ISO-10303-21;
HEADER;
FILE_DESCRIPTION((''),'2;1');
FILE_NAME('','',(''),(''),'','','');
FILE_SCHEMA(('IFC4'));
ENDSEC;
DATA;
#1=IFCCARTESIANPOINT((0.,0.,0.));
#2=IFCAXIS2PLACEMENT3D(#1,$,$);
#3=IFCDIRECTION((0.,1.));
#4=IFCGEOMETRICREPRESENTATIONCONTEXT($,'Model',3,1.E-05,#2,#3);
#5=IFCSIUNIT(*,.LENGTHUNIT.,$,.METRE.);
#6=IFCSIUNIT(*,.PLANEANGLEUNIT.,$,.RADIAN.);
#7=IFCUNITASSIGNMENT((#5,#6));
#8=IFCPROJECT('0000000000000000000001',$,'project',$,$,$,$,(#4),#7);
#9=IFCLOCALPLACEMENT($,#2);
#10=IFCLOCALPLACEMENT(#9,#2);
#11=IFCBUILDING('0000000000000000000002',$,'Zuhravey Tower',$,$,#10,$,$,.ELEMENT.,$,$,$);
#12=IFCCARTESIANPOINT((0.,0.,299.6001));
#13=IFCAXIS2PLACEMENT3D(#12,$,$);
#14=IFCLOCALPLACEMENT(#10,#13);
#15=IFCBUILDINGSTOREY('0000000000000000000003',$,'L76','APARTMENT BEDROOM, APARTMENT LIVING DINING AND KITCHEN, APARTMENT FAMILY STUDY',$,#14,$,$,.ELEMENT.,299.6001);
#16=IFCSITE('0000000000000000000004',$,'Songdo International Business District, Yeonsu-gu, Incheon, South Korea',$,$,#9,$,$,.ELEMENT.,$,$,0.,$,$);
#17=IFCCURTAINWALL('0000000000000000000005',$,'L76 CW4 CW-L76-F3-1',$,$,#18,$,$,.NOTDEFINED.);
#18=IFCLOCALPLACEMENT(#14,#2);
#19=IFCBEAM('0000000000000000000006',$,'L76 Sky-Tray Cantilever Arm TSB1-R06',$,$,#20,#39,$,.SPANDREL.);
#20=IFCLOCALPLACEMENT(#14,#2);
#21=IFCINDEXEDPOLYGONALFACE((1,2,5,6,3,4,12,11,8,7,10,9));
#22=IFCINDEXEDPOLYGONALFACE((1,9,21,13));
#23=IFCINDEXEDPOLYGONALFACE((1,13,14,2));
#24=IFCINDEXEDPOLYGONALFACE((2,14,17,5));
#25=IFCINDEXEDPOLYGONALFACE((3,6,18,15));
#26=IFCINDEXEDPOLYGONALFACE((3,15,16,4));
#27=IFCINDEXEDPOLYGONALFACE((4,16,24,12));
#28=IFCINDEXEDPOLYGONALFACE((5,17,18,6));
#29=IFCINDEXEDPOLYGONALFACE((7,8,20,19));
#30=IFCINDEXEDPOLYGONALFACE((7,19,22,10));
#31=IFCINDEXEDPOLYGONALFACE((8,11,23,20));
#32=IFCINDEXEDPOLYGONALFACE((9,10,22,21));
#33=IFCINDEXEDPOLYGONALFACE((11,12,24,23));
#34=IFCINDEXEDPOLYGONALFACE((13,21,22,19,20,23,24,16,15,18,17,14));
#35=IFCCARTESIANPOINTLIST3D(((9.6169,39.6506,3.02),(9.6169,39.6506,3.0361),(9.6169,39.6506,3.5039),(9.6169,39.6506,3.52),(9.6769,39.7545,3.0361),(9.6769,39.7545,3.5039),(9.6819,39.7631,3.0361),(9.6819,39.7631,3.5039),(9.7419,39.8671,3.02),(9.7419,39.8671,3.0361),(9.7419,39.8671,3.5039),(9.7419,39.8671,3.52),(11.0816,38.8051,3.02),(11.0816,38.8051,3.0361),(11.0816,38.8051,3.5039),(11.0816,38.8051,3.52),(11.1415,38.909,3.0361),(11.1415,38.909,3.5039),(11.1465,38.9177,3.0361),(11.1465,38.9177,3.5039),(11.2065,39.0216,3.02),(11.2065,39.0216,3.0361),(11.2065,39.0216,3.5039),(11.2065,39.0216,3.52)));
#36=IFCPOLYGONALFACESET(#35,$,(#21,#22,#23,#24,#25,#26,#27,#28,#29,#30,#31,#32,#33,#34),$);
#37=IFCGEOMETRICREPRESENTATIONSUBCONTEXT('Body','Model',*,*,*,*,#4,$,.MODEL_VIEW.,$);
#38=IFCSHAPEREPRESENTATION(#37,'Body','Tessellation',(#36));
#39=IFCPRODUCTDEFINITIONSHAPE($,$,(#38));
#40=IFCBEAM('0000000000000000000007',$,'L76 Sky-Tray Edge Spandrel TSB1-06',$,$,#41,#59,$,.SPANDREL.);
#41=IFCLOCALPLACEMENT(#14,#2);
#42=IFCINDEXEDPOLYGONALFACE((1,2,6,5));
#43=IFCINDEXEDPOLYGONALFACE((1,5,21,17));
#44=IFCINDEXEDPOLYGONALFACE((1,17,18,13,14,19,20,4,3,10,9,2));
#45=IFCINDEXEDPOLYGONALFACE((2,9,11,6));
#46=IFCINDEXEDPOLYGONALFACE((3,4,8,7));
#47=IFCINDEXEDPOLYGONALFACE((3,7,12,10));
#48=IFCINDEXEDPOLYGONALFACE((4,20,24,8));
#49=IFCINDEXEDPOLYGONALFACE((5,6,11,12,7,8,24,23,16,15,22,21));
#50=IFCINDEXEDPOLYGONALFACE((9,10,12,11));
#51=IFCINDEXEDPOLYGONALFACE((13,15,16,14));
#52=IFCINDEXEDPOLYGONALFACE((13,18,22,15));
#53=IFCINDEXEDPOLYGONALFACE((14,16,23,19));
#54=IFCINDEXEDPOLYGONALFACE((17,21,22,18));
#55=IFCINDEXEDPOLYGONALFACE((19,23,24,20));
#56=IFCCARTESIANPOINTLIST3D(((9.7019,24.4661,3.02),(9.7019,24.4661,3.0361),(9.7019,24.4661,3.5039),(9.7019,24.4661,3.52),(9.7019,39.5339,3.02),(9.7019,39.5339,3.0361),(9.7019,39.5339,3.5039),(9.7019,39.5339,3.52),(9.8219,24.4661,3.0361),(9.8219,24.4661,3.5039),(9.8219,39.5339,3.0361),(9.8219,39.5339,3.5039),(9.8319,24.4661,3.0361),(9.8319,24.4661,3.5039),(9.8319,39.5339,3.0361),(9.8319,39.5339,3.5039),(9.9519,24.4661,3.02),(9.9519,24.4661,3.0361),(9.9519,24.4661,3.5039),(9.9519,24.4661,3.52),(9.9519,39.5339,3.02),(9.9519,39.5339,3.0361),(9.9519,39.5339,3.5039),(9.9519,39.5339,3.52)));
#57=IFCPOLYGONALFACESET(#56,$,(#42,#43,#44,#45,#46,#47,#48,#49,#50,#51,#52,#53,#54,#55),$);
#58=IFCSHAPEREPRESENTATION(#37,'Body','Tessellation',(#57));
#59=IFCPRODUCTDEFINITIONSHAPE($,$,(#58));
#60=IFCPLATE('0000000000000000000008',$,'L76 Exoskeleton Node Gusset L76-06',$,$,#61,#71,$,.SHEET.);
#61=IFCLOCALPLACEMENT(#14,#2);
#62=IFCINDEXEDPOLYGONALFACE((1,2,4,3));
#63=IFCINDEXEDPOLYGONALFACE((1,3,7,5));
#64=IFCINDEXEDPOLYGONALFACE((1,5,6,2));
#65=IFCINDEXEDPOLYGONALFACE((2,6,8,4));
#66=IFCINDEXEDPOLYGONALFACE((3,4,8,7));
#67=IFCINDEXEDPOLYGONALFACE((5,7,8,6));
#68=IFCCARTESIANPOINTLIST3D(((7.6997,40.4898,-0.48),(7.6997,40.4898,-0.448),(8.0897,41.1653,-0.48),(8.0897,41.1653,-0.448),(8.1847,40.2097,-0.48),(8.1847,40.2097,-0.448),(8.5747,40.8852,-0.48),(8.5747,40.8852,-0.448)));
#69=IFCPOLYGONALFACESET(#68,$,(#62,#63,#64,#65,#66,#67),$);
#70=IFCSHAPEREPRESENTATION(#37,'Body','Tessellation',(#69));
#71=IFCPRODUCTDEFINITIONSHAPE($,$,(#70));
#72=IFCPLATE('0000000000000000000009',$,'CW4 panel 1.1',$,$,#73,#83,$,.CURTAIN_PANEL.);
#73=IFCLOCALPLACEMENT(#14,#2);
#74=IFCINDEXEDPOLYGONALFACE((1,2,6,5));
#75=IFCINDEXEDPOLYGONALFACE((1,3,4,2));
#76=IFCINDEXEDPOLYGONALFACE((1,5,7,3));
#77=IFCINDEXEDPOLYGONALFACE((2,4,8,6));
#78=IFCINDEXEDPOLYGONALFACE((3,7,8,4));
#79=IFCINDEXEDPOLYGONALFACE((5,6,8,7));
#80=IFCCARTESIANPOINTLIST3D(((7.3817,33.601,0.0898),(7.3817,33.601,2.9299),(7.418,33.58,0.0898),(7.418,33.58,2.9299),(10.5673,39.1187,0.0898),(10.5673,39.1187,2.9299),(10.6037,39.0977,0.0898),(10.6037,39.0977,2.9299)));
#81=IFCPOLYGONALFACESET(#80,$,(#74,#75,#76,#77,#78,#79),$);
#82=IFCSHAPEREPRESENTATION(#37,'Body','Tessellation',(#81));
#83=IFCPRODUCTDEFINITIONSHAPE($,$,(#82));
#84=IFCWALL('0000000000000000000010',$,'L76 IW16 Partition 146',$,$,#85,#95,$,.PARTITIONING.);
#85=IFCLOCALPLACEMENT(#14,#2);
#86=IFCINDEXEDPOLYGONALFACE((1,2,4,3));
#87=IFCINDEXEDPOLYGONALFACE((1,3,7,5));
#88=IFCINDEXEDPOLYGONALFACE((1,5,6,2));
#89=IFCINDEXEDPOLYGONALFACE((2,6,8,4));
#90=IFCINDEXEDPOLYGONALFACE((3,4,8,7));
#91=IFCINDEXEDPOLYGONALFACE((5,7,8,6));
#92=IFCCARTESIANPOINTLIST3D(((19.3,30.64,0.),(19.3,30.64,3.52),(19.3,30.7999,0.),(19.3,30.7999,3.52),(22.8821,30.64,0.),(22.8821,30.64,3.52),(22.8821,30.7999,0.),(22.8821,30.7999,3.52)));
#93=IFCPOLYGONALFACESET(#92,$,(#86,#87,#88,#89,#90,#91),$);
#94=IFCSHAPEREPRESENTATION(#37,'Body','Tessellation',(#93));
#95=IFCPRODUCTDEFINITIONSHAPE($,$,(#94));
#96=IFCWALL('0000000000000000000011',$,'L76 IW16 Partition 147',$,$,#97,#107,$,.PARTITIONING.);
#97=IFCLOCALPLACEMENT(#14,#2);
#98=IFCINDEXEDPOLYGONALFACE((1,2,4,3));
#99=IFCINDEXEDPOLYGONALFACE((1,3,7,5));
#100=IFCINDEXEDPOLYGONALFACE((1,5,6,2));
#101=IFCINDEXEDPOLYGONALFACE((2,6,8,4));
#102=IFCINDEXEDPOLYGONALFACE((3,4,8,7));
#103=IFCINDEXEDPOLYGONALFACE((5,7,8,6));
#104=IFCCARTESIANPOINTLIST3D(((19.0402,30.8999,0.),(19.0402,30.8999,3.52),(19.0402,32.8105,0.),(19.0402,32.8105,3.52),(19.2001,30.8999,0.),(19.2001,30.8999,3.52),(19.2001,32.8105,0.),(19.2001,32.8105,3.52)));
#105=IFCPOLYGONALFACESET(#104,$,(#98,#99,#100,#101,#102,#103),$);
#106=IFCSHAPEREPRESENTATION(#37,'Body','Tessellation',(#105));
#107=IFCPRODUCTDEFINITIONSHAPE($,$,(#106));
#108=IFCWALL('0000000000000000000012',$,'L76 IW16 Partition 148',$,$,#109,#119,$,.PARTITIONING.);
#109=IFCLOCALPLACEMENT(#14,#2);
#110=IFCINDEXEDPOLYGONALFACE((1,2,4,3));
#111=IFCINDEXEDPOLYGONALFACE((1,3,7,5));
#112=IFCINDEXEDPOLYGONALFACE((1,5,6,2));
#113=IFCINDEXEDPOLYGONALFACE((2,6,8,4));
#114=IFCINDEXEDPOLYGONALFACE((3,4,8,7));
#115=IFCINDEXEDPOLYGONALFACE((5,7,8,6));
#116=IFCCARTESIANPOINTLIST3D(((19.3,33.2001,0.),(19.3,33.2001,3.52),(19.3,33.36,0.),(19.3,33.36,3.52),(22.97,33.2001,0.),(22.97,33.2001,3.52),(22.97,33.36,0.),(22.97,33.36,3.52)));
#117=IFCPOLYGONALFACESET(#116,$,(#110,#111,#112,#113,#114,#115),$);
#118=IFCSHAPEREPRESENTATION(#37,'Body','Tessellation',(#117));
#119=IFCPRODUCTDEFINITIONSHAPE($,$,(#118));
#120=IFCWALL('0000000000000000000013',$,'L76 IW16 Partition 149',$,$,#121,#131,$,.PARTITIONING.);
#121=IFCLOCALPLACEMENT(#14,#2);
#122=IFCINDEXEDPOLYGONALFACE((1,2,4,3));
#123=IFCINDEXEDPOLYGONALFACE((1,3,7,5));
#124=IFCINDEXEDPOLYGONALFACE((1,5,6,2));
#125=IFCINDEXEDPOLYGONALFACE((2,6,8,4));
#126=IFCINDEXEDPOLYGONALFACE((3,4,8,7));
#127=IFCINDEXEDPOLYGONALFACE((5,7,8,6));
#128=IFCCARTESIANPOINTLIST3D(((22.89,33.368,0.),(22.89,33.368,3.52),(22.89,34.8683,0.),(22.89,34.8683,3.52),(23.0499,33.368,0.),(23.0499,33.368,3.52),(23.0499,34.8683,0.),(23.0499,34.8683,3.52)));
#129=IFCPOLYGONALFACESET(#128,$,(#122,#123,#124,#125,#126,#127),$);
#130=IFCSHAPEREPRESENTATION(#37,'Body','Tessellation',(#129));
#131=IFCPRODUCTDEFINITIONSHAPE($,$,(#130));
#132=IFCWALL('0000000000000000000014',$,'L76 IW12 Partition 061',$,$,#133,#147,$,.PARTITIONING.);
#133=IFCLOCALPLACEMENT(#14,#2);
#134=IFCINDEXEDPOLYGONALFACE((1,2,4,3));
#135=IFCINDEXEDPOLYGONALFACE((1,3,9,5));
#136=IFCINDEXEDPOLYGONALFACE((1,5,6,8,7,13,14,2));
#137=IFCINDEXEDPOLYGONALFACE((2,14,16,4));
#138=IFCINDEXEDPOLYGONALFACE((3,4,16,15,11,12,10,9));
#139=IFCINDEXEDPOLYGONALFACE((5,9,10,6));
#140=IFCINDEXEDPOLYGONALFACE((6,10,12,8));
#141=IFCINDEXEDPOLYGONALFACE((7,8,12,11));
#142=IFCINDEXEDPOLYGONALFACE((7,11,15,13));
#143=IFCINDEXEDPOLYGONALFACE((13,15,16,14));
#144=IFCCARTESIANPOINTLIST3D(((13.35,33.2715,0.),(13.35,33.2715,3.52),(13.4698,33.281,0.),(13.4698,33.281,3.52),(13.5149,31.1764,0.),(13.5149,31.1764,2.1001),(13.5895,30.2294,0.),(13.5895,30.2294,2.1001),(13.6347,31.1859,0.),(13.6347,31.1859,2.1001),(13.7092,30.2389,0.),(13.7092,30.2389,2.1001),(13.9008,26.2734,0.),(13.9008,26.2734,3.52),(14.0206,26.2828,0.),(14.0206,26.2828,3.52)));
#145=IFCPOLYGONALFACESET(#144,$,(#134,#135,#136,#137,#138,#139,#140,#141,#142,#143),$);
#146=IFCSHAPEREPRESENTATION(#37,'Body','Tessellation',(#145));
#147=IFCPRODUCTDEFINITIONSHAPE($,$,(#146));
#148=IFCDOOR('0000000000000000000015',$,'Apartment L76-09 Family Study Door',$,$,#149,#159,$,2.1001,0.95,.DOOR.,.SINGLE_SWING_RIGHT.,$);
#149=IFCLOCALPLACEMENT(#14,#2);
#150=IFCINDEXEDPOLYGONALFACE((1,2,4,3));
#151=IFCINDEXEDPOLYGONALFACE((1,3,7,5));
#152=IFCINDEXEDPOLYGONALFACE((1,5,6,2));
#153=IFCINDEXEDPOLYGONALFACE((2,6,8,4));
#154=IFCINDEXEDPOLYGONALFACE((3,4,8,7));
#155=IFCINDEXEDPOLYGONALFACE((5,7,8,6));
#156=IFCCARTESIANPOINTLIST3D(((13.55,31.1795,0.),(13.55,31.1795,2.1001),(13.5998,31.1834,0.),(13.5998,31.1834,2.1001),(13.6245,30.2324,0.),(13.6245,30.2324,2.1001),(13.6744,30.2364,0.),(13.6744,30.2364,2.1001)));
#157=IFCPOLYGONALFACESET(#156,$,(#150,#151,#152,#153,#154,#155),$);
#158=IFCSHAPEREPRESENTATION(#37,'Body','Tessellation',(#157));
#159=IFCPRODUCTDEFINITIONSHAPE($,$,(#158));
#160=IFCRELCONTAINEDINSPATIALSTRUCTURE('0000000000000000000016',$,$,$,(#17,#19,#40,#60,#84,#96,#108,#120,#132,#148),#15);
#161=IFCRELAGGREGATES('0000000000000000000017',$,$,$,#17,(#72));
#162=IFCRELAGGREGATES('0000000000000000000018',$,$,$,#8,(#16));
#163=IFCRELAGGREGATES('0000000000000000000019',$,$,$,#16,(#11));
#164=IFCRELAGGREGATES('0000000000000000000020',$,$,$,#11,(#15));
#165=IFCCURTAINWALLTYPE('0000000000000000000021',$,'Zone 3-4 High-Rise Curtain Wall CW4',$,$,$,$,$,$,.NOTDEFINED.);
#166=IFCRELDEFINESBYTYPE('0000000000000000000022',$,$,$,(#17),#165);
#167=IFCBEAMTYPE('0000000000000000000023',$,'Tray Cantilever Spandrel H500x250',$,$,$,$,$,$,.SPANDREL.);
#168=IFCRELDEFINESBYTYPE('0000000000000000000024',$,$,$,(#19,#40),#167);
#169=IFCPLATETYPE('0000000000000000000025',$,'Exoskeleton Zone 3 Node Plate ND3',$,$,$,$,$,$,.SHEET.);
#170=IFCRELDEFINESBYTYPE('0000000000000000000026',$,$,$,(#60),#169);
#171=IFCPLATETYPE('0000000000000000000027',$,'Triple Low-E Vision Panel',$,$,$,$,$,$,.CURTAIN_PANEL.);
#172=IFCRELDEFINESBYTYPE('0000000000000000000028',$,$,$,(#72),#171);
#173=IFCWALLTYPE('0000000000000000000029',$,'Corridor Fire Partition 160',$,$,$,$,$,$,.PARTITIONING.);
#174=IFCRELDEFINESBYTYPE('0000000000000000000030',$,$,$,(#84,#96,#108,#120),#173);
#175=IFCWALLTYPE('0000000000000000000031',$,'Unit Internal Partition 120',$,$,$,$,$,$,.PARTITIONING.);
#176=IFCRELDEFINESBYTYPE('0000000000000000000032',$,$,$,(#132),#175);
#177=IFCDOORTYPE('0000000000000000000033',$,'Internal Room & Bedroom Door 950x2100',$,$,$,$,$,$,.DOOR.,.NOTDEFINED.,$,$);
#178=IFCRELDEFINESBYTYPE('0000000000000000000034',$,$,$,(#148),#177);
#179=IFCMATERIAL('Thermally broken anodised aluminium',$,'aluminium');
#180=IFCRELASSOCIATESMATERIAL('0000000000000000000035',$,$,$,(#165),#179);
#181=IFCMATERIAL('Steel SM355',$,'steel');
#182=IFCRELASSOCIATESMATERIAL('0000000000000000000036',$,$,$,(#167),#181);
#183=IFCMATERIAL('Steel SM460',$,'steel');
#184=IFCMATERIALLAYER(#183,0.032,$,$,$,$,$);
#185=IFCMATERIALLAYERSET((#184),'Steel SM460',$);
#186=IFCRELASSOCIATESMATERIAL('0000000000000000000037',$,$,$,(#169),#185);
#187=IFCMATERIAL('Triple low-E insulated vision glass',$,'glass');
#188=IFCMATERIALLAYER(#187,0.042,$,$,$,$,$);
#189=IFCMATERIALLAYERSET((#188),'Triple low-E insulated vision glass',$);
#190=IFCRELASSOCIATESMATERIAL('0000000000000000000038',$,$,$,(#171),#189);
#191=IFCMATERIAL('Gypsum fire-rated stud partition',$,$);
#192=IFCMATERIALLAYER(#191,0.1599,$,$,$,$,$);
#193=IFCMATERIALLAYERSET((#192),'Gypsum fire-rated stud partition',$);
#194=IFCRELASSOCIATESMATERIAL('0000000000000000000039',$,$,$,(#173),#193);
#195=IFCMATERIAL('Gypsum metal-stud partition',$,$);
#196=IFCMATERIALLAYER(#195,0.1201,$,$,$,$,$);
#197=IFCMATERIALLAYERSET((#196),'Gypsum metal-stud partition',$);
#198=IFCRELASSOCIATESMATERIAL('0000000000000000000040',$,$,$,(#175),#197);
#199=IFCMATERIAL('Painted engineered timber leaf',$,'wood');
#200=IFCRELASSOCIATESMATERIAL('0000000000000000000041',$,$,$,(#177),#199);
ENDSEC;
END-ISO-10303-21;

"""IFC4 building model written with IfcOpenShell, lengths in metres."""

from ifc_helpers import new_model, si_unit, direction, frame, frame_2d, origin, origin_2d, place, context, subcontext, project, spatial, rectangle, i_section, extrude, material, layer, layer_set, material_profile, profile_set, type_object, element, fill, aggregate, save


model = new_model("IFC4")

# Units and contexts
model_context = context("Model", 3, precision=1e-05, world=origin(), true_north=direction((0.0, 1.0)))
body_context = subcontext(model_context, "Body", "Model", "MODEL_VIEW")
ifc_project = project(units=[si_unit("LENGTHUNIT", "METRE"), si_unit("PLANEANGLEUNIT", "RADIAN")], contexts=[model_context])

# Site, building, storey
site_placement = place(None, origin())
site = spatial("IfcSite", under=ifc_project, at=site_placement, Name="Songdo International Business District, Yeonsu-gu, Incheon, South Korea", CompositionType="ELEMENT", RefElevation=0.0)
building_placement = place(site_placement, origin())
building = spatial("IfcBuilding", under=site, at=building_placement, Name="Zuhravey Tower", CompositionType="ELEMENT")
storey_placement = place(building_placement, frame((0.0, 0.0, 299.6001)))
storey = spatial("IfcBuildingStorey", under=building, at=storey_placement, Name="L76", Description="APARTMENT BEDROOM, APARTMENT LIVING DINING AND KITCHEN, APARTMENT FAMILY STUDY", CompositionType="ELEMENT", Elevation=299.6001)

# Curtain wall
ifc_material_1 = material(Name="Thermally broken anodised aluminium", Category="aluminium")
curtain_wall_type = type_object("IfcCurtainWallType", Name="Zone 3-4 High-Rise Curtain Wall CW4", PredefinedType="NOTDEFINED", material=ifc_material_1)
curtain_wall_placement = place(storey_placement, origin())
curtain_wall = element("IfcCurtainWall", 1, at=curtain_wall_placement, inside=storey, type_object=curtain_wall_type, Name="L76 CW4 CW-L76-F3-1", PredefinedType="NOTDEFINED")

# Beams
ifc_material_2 = material(Name="Steel SM460", Category="steel")
ifc_material_3 = material(Name="Steel SM355", Category="steel")
ifc_material_profile_1 = material_profile(ifc_material_3, i_section(OverallWidth=0.25, OverallDepth=0.5, WebThickness=0.01, FlangeThickness=0.0161, at=origin_2d()), Name="H-500x250x10x16")
ifc_profile_set_1 = profile_set([ifc_material_profile_1], Name="Steel SM355")
beam_type_1 = type_object("IfcBeamType", Name="Tray Cantilever Spandrel H500x250", PredefinedType="SPANDREL", material=ifc_profile_set_1)
beam_1_placement = place(storey_placement, frame((11.144, 38.9133, 3.27), z_axis=(-0.866058, 0.499943, 0.0), x_axis=(-0.499943, -0.866058, 0.0)))
element("IfcBeam", 2, at=beam_1_placement, inside=storey, type_object=beam_type_1, Name="L76 Sky-Tray Cantilever Arm TSB1-R06", PredefinedType="SPANDREL", context=body_context, shape_type="SweptSolid", body=[
    extrude(i_section(OverallWidth=0.25, OverallDepth=0.5, WebThickness=0.01, FlangeThickness=0.0161, at=origin_2d()), origin(), (0.0, 0.0, 1.0), 1.6912),
])
beam_2_placement = place(storey_placement, frame((9.8269, 39.5339, 3.27), z_axis=(0.0, -1.0, 0.0), x_axis=(1.0, 0.0, 0.0)))
element("IfcBeam", 3, at=beam_2_placement, inside=storey, type_object=beam_type_1, Name="L76 Sky-Tray Edge Spandrel TSB1-06", PredefinedType="SPANDREL", context=body_context, shape_type="SweptSolid", body=[
    extrude(i_section(OverallWidth=0.25, OverallDepth=0.5, WebThickness=0.01, FlangeThickness=0.0161, at=origin_2d()), origin(), (0.0, 0.0, 1.0), 15.0679),
])

# Plates
ifc_layer_1 = layer(ifc_material_2, 0.032)
ifc_layer_set_1 = layer_set([ifc_layer_1], Name="Steel SM460")
plate_type_1 = type_object("IfcPlateType", Name="Exoskeleton Zone 3 Node Plate ND3", PredefinedType="SHEET", material=ifc_layer_set_1)
plate_1_placement = place(storey_placement, frame((8.1372, 40.6875, -0.48), z_axis=(0.0, 0.0, 1.0), x_axis=(-0.5, -0.866025, 0.0)))
element("IfcPlate", 4, at=plate_1_placement, inside=storey, type_object=plate_type_1, Name="L76 Exoskeleton Node Gusset L76-06", PredefinedType="SHEET", context=body_context, shape_type="SweptSolid", body=[
    extrude(rectangle(XDim=0.78, YDim=0.5601, at=origin_2d()), origin(), (0.0, 0.0, 1.0), 0.032),
])
ifc_material_4 = material(Name="Triple low-E insulated vision glass", Category="glass")
ifc_layer_2 = layer(ifc_material_4, 0.042)
ifc_layer_set_2 = layer_set([ifc_layer_2], Name="Triple low-E insulated vision glass")
plate_type_2 = type_object("IfcPlateType", Name="Triple Low-E Vision Panel", PredefinedType="CURTAIN_PANEL", material=ifc_layer_set_2)
plate_2_placement = place(storey_placement, frame((8.9927, 36.3494, 0.0898), z_axis=(0.0, 0.0, 1.0), x_axis=(0.500001, 0.866025, 0.0)))
plate_2 = element("IfcPlate", 5, at=plate_2_placement, type_object=plate_type_2, Name="CW4 panel 1.1", PredefinedType="CURTAIN_PANEL", context=body_context, shape_type="SweptSolid", body=[
    extrude(rectangle(XDim=6.3713, YDim=0.042, at=origin_2d()), origin(), (0.0, 0.0, 1.0), 2.8401),
])
aggregate(curtain_wall, [plate_2])

# Shared definitions
ifc_material_5 = material(Name="Gypsum fire-rated stud partition")
ifc_layer_3 = layer(ifc_material_5, 0.1599)
ifc_layer_set_3 = layer_set([ifc_layer_3], Name="Gypsum fire-rated stud partition")
wall_type_1 = type_object("IfcWallType", Name="Corridor Fire Partition 160", PredefinedType="PARTITIONING", material=ifc_layer_set_3)

# Walls
wall_1_placement = place(storey_placement, frame((19.3, 30.72, 0.0), z_axis=(0.0, 0.0, 1.0), x_axis=(1.0, 0.0, 0.0)))
element("IfcWall", 6, at=wall_1_placement, inside=storey, type_object=wall_type_1, Name="L76 IW16 Partition 146", PredefinedType="PARTITIONING", context=body_context, shape_type="SweptSolid", body=[
    extrude(rectangle(XDim=3.582, YDim=0.1599, at=frame_2d((1.791, 0.0))), origin(), (0.0, 0.0, 1.0), 3.52),
])
wall_2_placement = place(storey_placement, frame((19.1201, 32.8105, 0.0), z_axis=(0.0, 0.0, 1.0), x_axis=(0.0, -1.0, 0.0)))
element("IfcWall", 7, at=wall_2_placement, inside=storey, type_object=wall_type_1, Name="L76 IW16 Partition 147", PredefinedType="PARTITIONING", context=body_context, shape_type="SweptSolid", body=[
    extrude(rectangle(XDim=1.9106, YDim=0.1599, at=frame_2d((0.9553, 0.0))), origin(), (0.0, 0.0, 1.0), 3.52),
])
wall_3_placement = place(storey_placement, frame((22.97, 33.28, 0.0), z_axis=(0.0, 0.0, 1.0), x_axis=(-1.0, 0.0, 0.0)))
element("IfcWall", 8, at=wall_3_placement, inside=storey, type_object=wall_type_1, Name="L76 IW16 Partition 148", PredefinedType="PARTITIONING", context=body_context, shape_type="SweptSolid", body=[
    extrude(rectangle(XDim=3.6699, YDim=0.1599, at=frame_2d((1.835, 0.0))), origin(), (0.0, 0.0, 1.0), 3.52),
])
wall_4_placement = place(storey_placement, frame((22.97, 34.8682, 0.0), z_axis=(0.0, 0.0, 1.0), x_axis=(0.0, -1.0, 0.0)))
element("IfcWall", 9, at=wall_4_placement, inside=storey, type_object=wall_type_1, Name="L76 IW16 Partition 149", PredefinedType="PARTITIONING", context=body_context, shape_type="SweptSolid", body=[
    extrude(rectangle(XDim=1.5002, YDim=0.1599, at=frame_2d((0.75, 0.0))), origin(), (0.0, 0.0, 1.0), 3.52),
])

# Wall, opening, door
ifc_material_6 = material(Name="Gypsum metal-stud partition")
ifc_layer_4 = layer(ifc_material_6, 0.1201)
ifc_layer_set_4 = layer_set([ifc_layer_4], Name="Gypsum metal-stud partition")
wall_type_2 = type_object("IfcWallType", Name="Unit Internal Partition 120", PredefinedType="PARTITIONING", material=ifc_layer_set_4)
wall_5_placement = place(storey_placement, frame((13.4099, 33.2761, 0.0), z_axis=(0.0, 0.0, 1.0), x_axis=(0.078462, -0.996917, 0.0)))
wall_5 = element("IfcWall", 10, at=wall_5_placement, inside=storey, type_object=wall_type_2, Name="L76 IW12 Partition 061", PredefinedType="PARTITIONING", context=body_context, shape_type="SweptSolid", body=[
    extrude(rectangle(XDim=7.0198, YDim=0.1201, at=frame_2d((3.5098, 0.0))), origin(), (0.0, 0.0, 1.0), 3.52),
])
opening_1_placement = place(wall_5_placement, frame((2.1013, 0.0, 0.0)))
opening_1 = element("IfcOpeningElement", 11, at=opening_1_placement, cuts=wall_5, PredefinedType="OPENING", context=body_context, shape_type="SweptSolid", body=[
    extrude(rectangle(XDim=0.95, YDim=2.1001, at=frame_2d((0.4751, 1.05))), frame((0.0, 0.072, 0.0), z_axis=(0.0, -1.0, 0.0), x_axis=(1.0, 0.0, 0.0)), (0.0, 0.0, 1.0), 0.144),
])
ifc_material_7 = material(Name="Painted engineered timber leaf", Category="wood")
door_type_1 = type_object("IfcDoorType", Name="Internal Room & Bedroom Door 950x2100", OperationType="NOTDEFINED", PredefinedType="DOOR", material=ifc_material_7)
door_1_placement = place(opening_1_placement, frame((0.95, 0.0, 0.0), z_axis=(0.0, 0.0, 1.0), x_axis=(-1.0, 0.0, 0.0)))
door_1 = element("IfcDoor", 12, at=door_1_placement, inside=storey, type_object=door_type_1, Name="Apartment L76-09 Family Study Door", OperationType="SINGLE_SWING_RIGHT", OverallHeight=2.1001, OverallWidth=0.95, PredefinedType="DOOR", context=body_context, shape_type="SweptSolid", body=[
    extrude(rectangle(XDim=0.95, YDim=2.1001, at=frame_2d((0.4751, 1.05))), frame((0.0, 0.0249, 0.0), z_axis=(0.0, -1.0, 0.0), x_axis=(1.0, 0.0, 0.0)), (0.0, 0.0, 1.0), 0.05),
])
fill(opening_1, door_1)

save(model, "model.ifc")
